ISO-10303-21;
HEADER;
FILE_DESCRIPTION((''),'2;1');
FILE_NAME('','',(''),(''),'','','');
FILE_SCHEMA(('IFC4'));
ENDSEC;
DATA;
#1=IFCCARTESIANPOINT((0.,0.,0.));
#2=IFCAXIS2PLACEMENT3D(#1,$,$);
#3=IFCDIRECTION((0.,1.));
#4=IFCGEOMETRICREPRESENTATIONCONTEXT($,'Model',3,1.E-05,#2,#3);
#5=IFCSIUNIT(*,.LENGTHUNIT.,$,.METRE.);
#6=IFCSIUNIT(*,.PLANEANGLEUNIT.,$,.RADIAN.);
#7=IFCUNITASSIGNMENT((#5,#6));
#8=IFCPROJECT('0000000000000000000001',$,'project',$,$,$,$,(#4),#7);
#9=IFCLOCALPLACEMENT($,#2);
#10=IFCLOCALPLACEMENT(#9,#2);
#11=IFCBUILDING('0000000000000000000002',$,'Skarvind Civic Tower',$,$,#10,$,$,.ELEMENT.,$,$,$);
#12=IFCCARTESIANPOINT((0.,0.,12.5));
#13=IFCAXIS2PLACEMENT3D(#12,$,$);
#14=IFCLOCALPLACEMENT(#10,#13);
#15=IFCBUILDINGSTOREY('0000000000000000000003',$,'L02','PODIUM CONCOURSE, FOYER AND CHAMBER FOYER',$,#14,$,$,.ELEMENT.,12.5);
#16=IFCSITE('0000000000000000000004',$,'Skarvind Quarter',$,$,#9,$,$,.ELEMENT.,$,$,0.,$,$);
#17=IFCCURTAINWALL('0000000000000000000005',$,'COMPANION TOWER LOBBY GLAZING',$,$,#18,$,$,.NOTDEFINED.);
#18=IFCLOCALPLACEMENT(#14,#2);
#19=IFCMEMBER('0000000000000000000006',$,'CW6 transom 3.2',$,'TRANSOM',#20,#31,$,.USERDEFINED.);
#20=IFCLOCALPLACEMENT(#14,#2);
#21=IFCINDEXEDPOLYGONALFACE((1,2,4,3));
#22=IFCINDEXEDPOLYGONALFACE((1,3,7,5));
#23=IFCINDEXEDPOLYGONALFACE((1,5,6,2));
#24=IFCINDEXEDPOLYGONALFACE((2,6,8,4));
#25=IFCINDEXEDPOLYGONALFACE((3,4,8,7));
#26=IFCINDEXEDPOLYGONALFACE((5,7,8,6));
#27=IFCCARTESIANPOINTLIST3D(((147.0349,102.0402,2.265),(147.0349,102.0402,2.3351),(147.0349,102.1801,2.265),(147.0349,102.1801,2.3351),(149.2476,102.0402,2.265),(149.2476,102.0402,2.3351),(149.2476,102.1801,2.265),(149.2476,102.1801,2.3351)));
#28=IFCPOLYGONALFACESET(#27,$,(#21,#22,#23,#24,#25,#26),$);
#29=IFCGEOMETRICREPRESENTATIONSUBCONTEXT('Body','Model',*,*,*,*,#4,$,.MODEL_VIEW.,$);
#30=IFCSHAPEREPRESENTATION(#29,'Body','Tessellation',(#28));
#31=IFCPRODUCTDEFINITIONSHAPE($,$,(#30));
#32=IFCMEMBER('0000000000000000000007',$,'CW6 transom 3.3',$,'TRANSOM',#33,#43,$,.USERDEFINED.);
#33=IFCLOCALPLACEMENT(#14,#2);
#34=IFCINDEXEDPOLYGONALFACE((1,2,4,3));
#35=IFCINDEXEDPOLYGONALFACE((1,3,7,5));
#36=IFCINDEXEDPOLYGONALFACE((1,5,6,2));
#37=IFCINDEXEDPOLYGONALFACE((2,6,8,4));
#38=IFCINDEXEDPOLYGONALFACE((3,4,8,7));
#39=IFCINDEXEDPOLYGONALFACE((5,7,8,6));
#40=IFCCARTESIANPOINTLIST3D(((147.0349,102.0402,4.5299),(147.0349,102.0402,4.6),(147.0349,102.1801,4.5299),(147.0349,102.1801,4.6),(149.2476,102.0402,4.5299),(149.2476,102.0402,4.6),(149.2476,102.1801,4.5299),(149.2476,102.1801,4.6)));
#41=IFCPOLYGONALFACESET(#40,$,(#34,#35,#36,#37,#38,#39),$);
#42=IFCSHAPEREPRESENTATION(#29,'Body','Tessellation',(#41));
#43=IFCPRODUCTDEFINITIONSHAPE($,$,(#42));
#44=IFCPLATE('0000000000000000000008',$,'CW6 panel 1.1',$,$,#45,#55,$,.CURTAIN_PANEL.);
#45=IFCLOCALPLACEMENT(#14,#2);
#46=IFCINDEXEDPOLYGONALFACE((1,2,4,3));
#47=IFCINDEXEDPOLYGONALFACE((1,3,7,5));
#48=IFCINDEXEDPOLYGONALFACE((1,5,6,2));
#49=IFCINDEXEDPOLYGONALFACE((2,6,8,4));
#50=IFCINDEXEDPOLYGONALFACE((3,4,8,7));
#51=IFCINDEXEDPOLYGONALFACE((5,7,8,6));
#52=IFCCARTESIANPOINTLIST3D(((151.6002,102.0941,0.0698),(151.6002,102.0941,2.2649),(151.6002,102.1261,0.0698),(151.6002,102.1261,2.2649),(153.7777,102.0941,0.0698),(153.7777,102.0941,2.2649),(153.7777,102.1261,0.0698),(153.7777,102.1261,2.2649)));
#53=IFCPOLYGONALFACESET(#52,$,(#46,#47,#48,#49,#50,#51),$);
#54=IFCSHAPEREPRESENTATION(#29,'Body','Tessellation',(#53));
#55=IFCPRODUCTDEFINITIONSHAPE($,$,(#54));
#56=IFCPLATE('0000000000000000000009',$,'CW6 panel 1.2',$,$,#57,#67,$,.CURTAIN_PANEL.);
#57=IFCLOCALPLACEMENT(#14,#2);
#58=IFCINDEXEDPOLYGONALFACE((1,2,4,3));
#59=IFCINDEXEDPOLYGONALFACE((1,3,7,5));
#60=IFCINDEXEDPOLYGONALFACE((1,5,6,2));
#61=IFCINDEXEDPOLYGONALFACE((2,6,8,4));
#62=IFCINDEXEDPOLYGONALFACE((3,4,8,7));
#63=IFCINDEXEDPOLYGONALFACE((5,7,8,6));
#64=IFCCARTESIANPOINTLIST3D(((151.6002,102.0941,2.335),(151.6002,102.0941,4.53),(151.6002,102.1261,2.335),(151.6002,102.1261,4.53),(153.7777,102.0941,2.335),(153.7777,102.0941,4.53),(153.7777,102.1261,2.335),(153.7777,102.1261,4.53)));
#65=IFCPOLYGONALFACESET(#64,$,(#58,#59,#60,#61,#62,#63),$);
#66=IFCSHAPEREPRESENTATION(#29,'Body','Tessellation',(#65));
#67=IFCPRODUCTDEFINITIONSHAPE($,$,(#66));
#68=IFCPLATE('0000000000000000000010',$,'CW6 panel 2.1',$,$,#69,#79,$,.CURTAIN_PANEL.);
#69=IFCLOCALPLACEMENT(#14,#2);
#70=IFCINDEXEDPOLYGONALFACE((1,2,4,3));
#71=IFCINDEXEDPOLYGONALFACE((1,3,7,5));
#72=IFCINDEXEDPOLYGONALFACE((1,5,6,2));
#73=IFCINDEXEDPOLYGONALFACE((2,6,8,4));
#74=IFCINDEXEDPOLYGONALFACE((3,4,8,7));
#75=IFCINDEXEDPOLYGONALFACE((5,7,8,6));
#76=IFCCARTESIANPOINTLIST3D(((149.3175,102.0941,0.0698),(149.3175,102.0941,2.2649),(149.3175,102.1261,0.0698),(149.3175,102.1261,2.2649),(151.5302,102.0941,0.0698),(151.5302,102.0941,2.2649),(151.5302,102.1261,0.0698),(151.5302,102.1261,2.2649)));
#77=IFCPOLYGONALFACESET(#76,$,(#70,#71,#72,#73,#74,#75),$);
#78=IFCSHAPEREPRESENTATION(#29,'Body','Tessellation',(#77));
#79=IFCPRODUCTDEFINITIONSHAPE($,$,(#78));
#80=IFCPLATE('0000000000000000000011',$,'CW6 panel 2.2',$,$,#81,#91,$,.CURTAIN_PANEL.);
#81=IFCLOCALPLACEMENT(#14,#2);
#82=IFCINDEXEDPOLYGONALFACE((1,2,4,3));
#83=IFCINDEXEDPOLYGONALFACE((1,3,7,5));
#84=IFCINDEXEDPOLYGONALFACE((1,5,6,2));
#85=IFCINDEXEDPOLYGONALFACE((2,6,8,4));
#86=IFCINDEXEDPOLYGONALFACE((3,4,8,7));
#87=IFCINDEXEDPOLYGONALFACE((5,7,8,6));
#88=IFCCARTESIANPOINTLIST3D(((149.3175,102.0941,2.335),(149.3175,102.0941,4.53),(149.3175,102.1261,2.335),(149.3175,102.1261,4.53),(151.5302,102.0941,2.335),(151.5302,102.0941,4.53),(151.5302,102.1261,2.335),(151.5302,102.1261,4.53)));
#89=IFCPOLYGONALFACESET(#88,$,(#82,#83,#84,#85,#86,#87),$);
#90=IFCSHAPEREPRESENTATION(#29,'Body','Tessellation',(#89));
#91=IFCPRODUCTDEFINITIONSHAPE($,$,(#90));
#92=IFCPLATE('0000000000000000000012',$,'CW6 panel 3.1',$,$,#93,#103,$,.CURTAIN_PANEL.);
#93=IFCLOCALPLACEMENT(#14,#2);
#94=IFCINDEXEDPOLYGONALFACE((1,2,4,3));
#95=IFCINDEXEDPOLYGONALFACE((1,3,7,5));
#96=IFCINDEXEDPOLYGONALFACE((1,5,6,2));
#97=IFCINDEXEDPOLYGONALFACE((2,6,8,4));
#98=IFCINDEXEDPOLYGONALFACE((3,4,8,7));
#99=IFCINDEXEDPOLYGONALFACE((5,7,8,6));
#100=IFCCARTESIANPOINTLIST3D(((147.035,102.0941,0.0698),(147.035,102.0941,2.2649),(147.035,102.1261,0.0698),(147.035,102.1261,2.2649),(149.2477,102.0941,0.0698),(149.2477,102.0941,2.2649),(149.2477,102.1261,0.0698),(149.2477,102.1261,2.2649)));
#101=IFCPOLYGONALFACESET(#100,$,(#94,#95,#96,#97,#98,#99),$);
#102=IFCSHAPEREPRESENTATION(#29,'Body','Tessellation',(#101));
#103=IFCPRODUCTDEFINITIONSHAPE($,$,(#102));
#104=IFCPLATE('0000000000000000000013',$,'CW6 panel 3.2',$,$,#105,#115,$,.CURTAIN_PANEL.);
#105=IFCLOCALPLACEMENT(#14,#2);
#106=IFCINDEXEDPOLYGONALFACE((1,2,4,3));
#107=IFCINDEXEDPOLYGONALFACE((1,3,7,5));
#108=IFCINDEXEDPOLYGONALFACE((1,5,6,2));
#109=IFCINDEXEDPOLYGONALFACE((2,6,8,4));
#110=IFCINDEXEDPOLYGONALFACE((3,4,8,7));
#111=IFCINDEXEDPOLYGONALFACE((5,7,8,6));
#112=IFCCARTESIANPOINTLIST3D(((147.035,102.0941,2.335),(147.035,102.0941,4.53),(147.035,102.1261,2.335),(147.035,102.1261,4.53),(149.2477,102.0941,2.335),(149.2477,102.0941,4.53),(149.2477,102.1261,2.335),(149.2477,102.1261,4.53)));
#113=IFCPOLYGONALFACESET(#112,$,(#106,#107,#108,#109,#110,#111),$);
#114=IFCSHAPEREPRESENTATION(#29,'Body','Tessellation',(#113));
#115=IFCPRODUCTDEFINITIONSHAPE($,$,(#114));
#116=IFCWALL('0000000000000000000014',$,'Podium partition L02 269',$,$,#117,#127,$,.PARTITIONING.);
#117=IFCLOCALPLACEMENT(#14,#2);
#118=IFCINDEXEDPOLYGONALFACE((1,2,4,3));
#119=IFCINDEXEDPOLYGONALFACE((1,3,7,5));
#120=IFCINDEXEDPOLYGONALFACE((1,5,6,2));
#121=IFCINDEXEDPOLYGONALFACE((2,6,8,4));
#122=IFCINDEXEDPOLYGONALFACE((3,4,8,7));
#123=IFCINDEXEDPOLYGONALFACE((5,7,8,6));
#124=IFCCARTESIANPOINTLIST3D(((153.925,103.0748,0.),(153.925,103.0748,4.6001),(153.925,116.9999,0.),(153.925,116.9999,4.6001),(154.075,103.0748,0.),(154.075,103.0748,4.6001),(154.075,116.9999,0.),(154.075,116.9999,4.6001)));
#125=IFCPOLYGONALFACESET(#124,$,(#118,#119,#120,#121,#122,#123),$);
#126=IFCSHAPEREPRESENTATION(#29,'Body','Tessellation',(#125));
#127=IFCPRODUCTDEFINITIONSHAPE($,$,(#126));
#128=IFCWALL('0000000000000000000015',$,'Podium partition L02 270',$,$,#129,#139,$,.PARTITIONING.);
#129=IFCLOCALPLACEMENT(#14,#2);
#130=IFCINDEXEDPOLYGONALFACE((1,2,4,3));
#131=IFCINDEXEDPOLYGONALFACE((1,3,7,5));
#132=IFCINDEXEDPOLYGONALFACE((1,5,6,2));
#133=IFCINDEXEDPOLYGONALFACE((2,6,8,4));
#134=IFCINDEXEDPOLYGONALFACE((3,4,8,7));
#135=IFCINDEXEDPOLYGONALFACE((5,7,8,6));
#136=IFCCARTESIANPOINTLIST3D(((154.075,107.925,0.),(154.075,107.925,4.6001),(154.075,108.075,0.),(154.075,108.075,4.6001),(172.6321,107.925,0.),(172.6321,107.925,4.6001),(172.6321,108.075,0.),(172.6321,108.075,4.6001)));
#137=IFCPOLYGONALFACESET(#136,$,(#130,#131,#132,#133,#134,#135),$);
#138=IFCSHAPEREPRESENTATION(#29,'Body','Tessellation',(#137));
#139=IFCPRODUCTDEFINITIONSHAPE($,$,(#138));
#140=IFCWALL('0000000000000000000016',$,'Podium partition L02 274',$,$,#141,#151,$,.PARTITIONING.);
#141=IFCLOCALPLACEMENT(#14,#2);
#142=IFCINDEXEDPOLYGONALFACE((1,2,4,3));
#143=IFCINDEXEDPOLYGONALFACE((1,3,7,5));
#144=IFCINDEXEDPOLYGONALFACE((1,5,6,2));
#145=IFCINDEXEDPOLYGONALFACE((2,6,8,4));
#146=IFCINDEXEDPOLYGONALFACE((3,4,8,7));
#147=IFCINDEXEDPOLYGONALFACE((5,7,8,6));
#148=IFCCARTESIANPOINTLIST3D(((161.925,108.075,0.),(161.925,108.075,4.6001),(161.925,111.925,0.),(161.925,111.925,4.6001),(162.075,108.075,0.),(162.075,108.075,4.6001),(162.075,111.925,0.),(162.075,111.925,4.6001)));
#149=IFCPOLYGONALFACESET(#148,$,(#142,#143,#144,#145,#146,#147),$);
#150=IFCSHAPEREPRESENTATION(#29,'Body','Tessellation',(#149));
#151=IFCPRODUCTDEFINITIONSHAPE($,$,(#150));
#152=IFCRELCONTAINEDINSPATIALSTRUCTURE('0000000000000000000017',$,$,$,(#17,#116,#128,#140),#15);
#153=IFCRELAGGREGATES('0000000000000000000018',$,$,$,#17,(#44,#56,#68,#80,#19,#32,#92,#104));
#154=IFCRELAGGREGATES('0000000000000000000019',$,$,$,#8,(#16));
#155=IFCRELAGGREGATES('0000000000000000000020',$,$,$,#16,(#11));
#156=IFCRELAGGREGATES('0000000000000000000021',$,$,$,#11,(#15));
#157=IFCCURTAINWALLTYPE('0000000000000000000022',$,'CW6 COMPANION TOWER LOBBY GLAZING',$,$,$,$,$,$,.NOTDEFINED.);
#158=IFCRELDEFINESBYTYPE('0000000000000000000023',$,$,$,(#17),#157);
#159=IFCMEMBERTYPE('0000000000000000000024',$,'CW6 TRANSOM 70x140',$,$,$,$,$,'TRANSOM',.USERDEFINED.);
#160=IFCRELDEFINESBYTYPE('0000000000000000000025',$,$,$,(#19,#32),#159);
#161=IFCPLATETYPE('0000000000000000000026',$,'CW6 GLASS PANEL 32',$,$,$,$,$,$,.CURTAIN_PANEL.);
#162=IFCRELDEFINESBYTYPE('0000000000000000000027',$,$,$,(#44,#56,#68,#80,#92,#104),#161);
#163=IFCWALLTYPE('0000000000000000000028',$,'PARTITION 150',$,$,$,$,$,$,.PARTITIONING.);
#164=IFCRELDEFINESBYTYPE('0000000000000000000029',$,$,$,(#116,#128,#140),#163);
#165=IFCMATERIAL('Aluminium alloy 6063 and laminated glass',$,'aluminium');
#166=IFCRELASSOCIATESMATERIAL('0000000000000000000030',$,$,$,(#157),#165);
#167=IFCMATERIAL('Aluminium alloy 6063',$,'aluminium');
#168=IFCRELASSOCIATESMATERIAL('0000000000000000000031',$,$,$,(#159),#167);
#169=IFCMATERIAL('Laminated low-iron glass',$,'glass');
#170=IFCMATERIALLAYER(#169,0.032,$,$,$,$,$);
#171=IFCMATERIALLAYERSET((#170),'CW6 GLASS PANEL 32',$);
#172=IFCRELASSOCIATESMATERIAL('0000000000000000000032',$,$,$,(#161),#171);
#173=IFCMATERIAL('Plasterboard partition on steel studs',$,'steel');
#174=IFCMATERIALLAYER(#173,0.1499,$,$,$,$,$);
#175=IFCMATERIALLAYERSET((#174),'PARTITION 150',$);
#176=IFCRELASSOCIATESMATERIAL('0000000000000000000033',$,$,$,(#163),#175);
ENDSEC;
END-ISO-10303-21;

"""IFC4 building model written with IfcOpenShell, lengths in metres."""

from ifc_helpers import new_model, si_unit, direction, frame, frame_2d, origin, origin_2d, place, context, subcontext, project, spatial, rectangle, extrude, material, layer, layer_set, material_profile, profile_set, type_object, element, aggregate, save


model = new_model("IFC4")

# Units and contexts
model_context = context("Model", 3, precision=1e-05, world=origin(), true_north=direction((0.0, 1.0)))
body_context = subcontext(model_context, "Body", "Model", "MODEL_VIEW")
ifc_project = project(units=[si_unit("LENGTHUNIT", "METRE"), si_unit("PLANEANGLEUNIT", "RADIAN")], contexts=[model_context])

# Site, building, storey
site_placement = place(None, origin())
site = spatial("IfcSite", under=ifc_project, at=site_placement, Name="Skarvind Quarter", CompositionType="ELEMENT", RefElevation=0.0)
building_placement = place(site_placement, origin())
building = spatial("IfcBuilding", under=site, at=building_placement, Name="Skarvind Civic Tower", CompositionType="ELEMENT")
storey_placement = place(building_placement, frame((0.0, 0.0, 12.5)))
storey = spatial("IfcBuildingStorey", under=building, at=storey_placement, Name="L02", Description="PODIUM CONCOURSE, FOYER AND CHAMBER FOYER", CompositionType="ELEMENT", Elevation=12.5)

# Curtain wall, members, plates
ifc_material_1 = material(Name="Aluminium alloy 6063 and laminated glass", Category="aluminium")
curtain_wall_type = type_object("IfcCurtainWallType", Name="CW6 COMPANION TOWER LOBBY GLAZING", PredefinedType="NOTDEFINED", material=ifc_material_1)
curtain_wall_placement = place(storey_placement, origin())
curtain_wall = element("IfcCurtainWall", 1, at=curtain_wall_placement, inside=storey, type_object=curtain_wall_type, Name="COMPANION TOWER LOBBY GLAZING", PredefinedType="NOTDEFINED")
ifc_material_2 = material(Name="Aluminium alloy 6063", Category="aluminium")
ifc_material_profile_1 = material_profile(ifc_material_2, rectangle(XDim=0.1399, YDim=0.0701, at=origin_2d()), Name="AL 70x140")
ifc_profile_set_1 = profile_set([ifc_material_profile_1], Name="Aluminium alloy 6063")
member_type_1 = type_object("IfcMemberType", Name="CW6 TRANSOM 70x140", ElementType="TRANSOM", PredefinedType="USERDEFINED", material=ifc_profile_set_1)
member_1_placement = place(storey_placement, frame((149.2476, 102.1101, 2.3), z_axis=(-1.0, 0.0, 0.0), x_axis=(0.0, -1.0, 0.0)))
member_1 = element("IfcMember", 2, at=member_1_placement, type_object=member_type_1, Name="CW6 transom 3.2", ObjectType="TRANSOM", PredefinedType="USERDEFINED", context=body_context, shape_type="SweptSolid", body=[
    extrude(rectangle(XDim=0.1399, YDim=0.0701, at=origin_2d()), origin(), (0.0, 0.0, 1.0), 2.2126),
])
member_2_placement = place(storey_placement, frame((149.2476, 102.1101, 4.5649), z_axis=(-1.0, 0.0, 0.0), x_axis=(0.0, -1.0, 0.0)))
member_2 = element("IfcMember", 3, at=member_2_placement, type_object=member_type_1, Name="CW6 transom 3.3", ObjectType="TRANSOM", PredefinedType="USERDEFINED", context=body_context, shape_type="SweptSolid", body=[
    extrude(rectangle(XDim=0.1399, YDim=0.0701, at=origin_2d()), origin(), (0.0, 0.0, 1.0), 2.2126),
])
ifc_material_3 = material(Name="Laminated low-iron glass", Category="glass")
ifc_layer_1 = layer(ifc_material_3, 0.032)
ifc_layer_set_1 = layer_set([ifc_layer_1], Name="CW6 GLASS PANEL 32")
plate_type = type_object("IfcPlateType", Name="CW6 GLASS PANEL 32", PredefinedType="CURTAIN_PANEL", material=ifc_layer_set_1)
plate_1_placement = place(storey_placement, frame((152.689, 102.1101, 0.0698), z_axis=(0.0, 0.0, 1.0), x_axis=(-1.0, 0.0, 0.0)))
plate_1 = element("IfcPlate", 4, at=plate_1_placement, type_object=plate_type, Name="CW6 panel 1.1", PredefinedType="CURTAIN_PANEL", context=body_context, shape_type="SweptSolid", body=[
    extrude(rectangle(XDim=2.1775, YDim=0.032, at=origin_2d()), origin(), (0.0, 0.0, 1.0), 2.1951),
])
plate_2_placement = place(storey_placement, frame((152.689, 102.1101, 2.335), z_axis=(0.0, 0.0, 1.0), x_axis=(-1.0, 0.0, 0.0)))
plate_2 = element("IfcPlate", 5, at=plate_2_placement, type_object=plate_type, Name="CW6 panel 1.2", PredefinedType="CURTAIN_PANEL", context=body_context, shape_type="SweptSolid", body=[
    extrude(rectangle(XDim=2.1775, YDim=0.032, at=origin_2d()), origin(), (0.0, 0.0, 1.0), 2.1951),
])
plate_3_placement = place(storey_placement, frame((150.4238, 102.1101, 0.0698), z_axis=(0.0, 0.0, 1.0), x_axis=(-1.0, 0.0, 0.0)))
plate_3 = element("IfcPlate", 6, at=plate_3_placement, type_object=plate_type, Name="CW6 panel 2.1", PredefinedType="CURTAIN_PANEL", context=body_context, shape_type="SweptSolid", body=[
    extrude(rectangle(XDim=2.2126, YDim=0.032, at=origin_2d()), origin(), (0.0, 0.0, 1.0), 2.1951),
])
plate_4_placement = place(storey_placement, frame((150.4238, 102.1101, 2.335), z_axis=(0.0, 0.0, 1.0), x_axis=(-1.0, 0.0, 0.0)))
plate_4 = element("IfcPlate", 7, at=plate_4_placement, type_object=plate_type, Name="CW6 panel 2.2", PredefinedType="CURTAIN_PANEL", context=body_context, shape_type="SweptSolid", body=[
    extrude(rectangle(XDim=2.2126, YDim=0.032, at=origin_2d()), origin(), (0.0, 0.0, 1.0), 2.1951),
])
plate_5_placement = place(storey_placement, frame((148.1414, 102.1101, 0.0698), z_axis=(0.0, 0.0, 1.0), x_axis=(-1.0, 0.0, 0.0)))
plate_5 = element("IfcPlate", 8, at=plate_5_placement, type_object=plate_type, Name="CW6 panel 3.1", PredefinedType="CURTAIN_PANEL", context=body_context, shape_type="SweptSolid", body=[
    extrude(rectangle(XDim=2.2126, YDim=0.032, at=origin_2d()), origin(), (0.0, 0.0, 1.0), 2.1951),
])
plate_6_placement = place(storey_placement, frame((148.1414, 102.1101, 2.335), z_axis=(0.0, 0.0, 1.0), x_axis=(-1.0, 0.0, 0.0)))
plate_6 = element("IfcPlate", 9, at=plate_6_placement, type_object=plate_type, Name="CW6 panel 3.2", PredefinedType="CURTAIN_PANEL", context=body_context, shape_type="SweptSolid", body=[
    extrude(rectangle(XDim=2.2126, YDim=0.032, at=origin_2d()), origin(), (0.0, 0.0, 1.0), 2.1951),
])
aggregate(curtain_wall, [plate_1, plate_2, plate_3, plate_4, member_1, member_2, plate_5, plate_6])

# Walls
ifc_material_4 = material(Name="Plasterboard partition on steel studs", Category="steel")
ifc_layer_2 = layer(ifc_material_4, 0.1499)
ifc_layer_set_2 = layer_set([ifc_layer_2], Name="PARTITION 150")
wall_type = type_object("IfcWallType", Name="PARTITION 150", PredefinedType="PARTITIONING", material=ifc_layer_set_2)
wall_1_placement = place(storey_placement, frame((154.0, 103.075, 0.0), z_axis=(0.0, 0.0, 1.0), x_axis=(0.0, 1.0, 0.0)))
element("IfcWall", 10, at=wall_1_placement, inside=storey, type_object=wall_type, Name="Podium partition L02 269", PredefinedType="PARTITIONING", context=body_context, shape_type="SweptSolid", body=[
    extrude(rectangle(XDim=13.925, YDim=0.1499, at=frame_2d((6.9624, 0.0))), origin(), (0.0, 0.0, 1.0), 4.6001),
])
wall_2_placement = place(storey_placement, frame((154.075, 108.0, 0.0), z_axis=(0.0, 0.0, 1.0), x_axis=(1.0, 0.0, 0.0)))
element("IfcWall", 11, at=wall_2_placement, inside=storey, type_object=wall_type, Name="Podium partition L02 270", PredefinedType="PARTITIONING", context=body_context, shape_type="SweptSolid", body=[
    extrude(rectangle(XDim=18.5571, YDim=0.1499, at=frame_2d((9.2786, 0.0))), origin(), (0.0, 0.0, 1.0), 4.6001),
])
wall_3_placement = place(storey_placement, frame((162.0, 108.075, 0.0), z_axis=(0.0, 0.0, 1.0), x_axis=(0.0, 1.0, 0.0)))
element("IfcWall", 12, at=wall_3_placement, inside=storey, type_object=wall_type, Name="Podium partition L02 274", PredefinedType="PARTITIONING", context=body_context, shape_type="SweptSolid", body=[
    extrude(rectangle(XDim=3.8501, YDim=0.1499, at=frame_2d((1.925, 0.0))), origin(), (0.0, 0.0, 1.0), 4.6001),
])

save(model, "model.ifc")
